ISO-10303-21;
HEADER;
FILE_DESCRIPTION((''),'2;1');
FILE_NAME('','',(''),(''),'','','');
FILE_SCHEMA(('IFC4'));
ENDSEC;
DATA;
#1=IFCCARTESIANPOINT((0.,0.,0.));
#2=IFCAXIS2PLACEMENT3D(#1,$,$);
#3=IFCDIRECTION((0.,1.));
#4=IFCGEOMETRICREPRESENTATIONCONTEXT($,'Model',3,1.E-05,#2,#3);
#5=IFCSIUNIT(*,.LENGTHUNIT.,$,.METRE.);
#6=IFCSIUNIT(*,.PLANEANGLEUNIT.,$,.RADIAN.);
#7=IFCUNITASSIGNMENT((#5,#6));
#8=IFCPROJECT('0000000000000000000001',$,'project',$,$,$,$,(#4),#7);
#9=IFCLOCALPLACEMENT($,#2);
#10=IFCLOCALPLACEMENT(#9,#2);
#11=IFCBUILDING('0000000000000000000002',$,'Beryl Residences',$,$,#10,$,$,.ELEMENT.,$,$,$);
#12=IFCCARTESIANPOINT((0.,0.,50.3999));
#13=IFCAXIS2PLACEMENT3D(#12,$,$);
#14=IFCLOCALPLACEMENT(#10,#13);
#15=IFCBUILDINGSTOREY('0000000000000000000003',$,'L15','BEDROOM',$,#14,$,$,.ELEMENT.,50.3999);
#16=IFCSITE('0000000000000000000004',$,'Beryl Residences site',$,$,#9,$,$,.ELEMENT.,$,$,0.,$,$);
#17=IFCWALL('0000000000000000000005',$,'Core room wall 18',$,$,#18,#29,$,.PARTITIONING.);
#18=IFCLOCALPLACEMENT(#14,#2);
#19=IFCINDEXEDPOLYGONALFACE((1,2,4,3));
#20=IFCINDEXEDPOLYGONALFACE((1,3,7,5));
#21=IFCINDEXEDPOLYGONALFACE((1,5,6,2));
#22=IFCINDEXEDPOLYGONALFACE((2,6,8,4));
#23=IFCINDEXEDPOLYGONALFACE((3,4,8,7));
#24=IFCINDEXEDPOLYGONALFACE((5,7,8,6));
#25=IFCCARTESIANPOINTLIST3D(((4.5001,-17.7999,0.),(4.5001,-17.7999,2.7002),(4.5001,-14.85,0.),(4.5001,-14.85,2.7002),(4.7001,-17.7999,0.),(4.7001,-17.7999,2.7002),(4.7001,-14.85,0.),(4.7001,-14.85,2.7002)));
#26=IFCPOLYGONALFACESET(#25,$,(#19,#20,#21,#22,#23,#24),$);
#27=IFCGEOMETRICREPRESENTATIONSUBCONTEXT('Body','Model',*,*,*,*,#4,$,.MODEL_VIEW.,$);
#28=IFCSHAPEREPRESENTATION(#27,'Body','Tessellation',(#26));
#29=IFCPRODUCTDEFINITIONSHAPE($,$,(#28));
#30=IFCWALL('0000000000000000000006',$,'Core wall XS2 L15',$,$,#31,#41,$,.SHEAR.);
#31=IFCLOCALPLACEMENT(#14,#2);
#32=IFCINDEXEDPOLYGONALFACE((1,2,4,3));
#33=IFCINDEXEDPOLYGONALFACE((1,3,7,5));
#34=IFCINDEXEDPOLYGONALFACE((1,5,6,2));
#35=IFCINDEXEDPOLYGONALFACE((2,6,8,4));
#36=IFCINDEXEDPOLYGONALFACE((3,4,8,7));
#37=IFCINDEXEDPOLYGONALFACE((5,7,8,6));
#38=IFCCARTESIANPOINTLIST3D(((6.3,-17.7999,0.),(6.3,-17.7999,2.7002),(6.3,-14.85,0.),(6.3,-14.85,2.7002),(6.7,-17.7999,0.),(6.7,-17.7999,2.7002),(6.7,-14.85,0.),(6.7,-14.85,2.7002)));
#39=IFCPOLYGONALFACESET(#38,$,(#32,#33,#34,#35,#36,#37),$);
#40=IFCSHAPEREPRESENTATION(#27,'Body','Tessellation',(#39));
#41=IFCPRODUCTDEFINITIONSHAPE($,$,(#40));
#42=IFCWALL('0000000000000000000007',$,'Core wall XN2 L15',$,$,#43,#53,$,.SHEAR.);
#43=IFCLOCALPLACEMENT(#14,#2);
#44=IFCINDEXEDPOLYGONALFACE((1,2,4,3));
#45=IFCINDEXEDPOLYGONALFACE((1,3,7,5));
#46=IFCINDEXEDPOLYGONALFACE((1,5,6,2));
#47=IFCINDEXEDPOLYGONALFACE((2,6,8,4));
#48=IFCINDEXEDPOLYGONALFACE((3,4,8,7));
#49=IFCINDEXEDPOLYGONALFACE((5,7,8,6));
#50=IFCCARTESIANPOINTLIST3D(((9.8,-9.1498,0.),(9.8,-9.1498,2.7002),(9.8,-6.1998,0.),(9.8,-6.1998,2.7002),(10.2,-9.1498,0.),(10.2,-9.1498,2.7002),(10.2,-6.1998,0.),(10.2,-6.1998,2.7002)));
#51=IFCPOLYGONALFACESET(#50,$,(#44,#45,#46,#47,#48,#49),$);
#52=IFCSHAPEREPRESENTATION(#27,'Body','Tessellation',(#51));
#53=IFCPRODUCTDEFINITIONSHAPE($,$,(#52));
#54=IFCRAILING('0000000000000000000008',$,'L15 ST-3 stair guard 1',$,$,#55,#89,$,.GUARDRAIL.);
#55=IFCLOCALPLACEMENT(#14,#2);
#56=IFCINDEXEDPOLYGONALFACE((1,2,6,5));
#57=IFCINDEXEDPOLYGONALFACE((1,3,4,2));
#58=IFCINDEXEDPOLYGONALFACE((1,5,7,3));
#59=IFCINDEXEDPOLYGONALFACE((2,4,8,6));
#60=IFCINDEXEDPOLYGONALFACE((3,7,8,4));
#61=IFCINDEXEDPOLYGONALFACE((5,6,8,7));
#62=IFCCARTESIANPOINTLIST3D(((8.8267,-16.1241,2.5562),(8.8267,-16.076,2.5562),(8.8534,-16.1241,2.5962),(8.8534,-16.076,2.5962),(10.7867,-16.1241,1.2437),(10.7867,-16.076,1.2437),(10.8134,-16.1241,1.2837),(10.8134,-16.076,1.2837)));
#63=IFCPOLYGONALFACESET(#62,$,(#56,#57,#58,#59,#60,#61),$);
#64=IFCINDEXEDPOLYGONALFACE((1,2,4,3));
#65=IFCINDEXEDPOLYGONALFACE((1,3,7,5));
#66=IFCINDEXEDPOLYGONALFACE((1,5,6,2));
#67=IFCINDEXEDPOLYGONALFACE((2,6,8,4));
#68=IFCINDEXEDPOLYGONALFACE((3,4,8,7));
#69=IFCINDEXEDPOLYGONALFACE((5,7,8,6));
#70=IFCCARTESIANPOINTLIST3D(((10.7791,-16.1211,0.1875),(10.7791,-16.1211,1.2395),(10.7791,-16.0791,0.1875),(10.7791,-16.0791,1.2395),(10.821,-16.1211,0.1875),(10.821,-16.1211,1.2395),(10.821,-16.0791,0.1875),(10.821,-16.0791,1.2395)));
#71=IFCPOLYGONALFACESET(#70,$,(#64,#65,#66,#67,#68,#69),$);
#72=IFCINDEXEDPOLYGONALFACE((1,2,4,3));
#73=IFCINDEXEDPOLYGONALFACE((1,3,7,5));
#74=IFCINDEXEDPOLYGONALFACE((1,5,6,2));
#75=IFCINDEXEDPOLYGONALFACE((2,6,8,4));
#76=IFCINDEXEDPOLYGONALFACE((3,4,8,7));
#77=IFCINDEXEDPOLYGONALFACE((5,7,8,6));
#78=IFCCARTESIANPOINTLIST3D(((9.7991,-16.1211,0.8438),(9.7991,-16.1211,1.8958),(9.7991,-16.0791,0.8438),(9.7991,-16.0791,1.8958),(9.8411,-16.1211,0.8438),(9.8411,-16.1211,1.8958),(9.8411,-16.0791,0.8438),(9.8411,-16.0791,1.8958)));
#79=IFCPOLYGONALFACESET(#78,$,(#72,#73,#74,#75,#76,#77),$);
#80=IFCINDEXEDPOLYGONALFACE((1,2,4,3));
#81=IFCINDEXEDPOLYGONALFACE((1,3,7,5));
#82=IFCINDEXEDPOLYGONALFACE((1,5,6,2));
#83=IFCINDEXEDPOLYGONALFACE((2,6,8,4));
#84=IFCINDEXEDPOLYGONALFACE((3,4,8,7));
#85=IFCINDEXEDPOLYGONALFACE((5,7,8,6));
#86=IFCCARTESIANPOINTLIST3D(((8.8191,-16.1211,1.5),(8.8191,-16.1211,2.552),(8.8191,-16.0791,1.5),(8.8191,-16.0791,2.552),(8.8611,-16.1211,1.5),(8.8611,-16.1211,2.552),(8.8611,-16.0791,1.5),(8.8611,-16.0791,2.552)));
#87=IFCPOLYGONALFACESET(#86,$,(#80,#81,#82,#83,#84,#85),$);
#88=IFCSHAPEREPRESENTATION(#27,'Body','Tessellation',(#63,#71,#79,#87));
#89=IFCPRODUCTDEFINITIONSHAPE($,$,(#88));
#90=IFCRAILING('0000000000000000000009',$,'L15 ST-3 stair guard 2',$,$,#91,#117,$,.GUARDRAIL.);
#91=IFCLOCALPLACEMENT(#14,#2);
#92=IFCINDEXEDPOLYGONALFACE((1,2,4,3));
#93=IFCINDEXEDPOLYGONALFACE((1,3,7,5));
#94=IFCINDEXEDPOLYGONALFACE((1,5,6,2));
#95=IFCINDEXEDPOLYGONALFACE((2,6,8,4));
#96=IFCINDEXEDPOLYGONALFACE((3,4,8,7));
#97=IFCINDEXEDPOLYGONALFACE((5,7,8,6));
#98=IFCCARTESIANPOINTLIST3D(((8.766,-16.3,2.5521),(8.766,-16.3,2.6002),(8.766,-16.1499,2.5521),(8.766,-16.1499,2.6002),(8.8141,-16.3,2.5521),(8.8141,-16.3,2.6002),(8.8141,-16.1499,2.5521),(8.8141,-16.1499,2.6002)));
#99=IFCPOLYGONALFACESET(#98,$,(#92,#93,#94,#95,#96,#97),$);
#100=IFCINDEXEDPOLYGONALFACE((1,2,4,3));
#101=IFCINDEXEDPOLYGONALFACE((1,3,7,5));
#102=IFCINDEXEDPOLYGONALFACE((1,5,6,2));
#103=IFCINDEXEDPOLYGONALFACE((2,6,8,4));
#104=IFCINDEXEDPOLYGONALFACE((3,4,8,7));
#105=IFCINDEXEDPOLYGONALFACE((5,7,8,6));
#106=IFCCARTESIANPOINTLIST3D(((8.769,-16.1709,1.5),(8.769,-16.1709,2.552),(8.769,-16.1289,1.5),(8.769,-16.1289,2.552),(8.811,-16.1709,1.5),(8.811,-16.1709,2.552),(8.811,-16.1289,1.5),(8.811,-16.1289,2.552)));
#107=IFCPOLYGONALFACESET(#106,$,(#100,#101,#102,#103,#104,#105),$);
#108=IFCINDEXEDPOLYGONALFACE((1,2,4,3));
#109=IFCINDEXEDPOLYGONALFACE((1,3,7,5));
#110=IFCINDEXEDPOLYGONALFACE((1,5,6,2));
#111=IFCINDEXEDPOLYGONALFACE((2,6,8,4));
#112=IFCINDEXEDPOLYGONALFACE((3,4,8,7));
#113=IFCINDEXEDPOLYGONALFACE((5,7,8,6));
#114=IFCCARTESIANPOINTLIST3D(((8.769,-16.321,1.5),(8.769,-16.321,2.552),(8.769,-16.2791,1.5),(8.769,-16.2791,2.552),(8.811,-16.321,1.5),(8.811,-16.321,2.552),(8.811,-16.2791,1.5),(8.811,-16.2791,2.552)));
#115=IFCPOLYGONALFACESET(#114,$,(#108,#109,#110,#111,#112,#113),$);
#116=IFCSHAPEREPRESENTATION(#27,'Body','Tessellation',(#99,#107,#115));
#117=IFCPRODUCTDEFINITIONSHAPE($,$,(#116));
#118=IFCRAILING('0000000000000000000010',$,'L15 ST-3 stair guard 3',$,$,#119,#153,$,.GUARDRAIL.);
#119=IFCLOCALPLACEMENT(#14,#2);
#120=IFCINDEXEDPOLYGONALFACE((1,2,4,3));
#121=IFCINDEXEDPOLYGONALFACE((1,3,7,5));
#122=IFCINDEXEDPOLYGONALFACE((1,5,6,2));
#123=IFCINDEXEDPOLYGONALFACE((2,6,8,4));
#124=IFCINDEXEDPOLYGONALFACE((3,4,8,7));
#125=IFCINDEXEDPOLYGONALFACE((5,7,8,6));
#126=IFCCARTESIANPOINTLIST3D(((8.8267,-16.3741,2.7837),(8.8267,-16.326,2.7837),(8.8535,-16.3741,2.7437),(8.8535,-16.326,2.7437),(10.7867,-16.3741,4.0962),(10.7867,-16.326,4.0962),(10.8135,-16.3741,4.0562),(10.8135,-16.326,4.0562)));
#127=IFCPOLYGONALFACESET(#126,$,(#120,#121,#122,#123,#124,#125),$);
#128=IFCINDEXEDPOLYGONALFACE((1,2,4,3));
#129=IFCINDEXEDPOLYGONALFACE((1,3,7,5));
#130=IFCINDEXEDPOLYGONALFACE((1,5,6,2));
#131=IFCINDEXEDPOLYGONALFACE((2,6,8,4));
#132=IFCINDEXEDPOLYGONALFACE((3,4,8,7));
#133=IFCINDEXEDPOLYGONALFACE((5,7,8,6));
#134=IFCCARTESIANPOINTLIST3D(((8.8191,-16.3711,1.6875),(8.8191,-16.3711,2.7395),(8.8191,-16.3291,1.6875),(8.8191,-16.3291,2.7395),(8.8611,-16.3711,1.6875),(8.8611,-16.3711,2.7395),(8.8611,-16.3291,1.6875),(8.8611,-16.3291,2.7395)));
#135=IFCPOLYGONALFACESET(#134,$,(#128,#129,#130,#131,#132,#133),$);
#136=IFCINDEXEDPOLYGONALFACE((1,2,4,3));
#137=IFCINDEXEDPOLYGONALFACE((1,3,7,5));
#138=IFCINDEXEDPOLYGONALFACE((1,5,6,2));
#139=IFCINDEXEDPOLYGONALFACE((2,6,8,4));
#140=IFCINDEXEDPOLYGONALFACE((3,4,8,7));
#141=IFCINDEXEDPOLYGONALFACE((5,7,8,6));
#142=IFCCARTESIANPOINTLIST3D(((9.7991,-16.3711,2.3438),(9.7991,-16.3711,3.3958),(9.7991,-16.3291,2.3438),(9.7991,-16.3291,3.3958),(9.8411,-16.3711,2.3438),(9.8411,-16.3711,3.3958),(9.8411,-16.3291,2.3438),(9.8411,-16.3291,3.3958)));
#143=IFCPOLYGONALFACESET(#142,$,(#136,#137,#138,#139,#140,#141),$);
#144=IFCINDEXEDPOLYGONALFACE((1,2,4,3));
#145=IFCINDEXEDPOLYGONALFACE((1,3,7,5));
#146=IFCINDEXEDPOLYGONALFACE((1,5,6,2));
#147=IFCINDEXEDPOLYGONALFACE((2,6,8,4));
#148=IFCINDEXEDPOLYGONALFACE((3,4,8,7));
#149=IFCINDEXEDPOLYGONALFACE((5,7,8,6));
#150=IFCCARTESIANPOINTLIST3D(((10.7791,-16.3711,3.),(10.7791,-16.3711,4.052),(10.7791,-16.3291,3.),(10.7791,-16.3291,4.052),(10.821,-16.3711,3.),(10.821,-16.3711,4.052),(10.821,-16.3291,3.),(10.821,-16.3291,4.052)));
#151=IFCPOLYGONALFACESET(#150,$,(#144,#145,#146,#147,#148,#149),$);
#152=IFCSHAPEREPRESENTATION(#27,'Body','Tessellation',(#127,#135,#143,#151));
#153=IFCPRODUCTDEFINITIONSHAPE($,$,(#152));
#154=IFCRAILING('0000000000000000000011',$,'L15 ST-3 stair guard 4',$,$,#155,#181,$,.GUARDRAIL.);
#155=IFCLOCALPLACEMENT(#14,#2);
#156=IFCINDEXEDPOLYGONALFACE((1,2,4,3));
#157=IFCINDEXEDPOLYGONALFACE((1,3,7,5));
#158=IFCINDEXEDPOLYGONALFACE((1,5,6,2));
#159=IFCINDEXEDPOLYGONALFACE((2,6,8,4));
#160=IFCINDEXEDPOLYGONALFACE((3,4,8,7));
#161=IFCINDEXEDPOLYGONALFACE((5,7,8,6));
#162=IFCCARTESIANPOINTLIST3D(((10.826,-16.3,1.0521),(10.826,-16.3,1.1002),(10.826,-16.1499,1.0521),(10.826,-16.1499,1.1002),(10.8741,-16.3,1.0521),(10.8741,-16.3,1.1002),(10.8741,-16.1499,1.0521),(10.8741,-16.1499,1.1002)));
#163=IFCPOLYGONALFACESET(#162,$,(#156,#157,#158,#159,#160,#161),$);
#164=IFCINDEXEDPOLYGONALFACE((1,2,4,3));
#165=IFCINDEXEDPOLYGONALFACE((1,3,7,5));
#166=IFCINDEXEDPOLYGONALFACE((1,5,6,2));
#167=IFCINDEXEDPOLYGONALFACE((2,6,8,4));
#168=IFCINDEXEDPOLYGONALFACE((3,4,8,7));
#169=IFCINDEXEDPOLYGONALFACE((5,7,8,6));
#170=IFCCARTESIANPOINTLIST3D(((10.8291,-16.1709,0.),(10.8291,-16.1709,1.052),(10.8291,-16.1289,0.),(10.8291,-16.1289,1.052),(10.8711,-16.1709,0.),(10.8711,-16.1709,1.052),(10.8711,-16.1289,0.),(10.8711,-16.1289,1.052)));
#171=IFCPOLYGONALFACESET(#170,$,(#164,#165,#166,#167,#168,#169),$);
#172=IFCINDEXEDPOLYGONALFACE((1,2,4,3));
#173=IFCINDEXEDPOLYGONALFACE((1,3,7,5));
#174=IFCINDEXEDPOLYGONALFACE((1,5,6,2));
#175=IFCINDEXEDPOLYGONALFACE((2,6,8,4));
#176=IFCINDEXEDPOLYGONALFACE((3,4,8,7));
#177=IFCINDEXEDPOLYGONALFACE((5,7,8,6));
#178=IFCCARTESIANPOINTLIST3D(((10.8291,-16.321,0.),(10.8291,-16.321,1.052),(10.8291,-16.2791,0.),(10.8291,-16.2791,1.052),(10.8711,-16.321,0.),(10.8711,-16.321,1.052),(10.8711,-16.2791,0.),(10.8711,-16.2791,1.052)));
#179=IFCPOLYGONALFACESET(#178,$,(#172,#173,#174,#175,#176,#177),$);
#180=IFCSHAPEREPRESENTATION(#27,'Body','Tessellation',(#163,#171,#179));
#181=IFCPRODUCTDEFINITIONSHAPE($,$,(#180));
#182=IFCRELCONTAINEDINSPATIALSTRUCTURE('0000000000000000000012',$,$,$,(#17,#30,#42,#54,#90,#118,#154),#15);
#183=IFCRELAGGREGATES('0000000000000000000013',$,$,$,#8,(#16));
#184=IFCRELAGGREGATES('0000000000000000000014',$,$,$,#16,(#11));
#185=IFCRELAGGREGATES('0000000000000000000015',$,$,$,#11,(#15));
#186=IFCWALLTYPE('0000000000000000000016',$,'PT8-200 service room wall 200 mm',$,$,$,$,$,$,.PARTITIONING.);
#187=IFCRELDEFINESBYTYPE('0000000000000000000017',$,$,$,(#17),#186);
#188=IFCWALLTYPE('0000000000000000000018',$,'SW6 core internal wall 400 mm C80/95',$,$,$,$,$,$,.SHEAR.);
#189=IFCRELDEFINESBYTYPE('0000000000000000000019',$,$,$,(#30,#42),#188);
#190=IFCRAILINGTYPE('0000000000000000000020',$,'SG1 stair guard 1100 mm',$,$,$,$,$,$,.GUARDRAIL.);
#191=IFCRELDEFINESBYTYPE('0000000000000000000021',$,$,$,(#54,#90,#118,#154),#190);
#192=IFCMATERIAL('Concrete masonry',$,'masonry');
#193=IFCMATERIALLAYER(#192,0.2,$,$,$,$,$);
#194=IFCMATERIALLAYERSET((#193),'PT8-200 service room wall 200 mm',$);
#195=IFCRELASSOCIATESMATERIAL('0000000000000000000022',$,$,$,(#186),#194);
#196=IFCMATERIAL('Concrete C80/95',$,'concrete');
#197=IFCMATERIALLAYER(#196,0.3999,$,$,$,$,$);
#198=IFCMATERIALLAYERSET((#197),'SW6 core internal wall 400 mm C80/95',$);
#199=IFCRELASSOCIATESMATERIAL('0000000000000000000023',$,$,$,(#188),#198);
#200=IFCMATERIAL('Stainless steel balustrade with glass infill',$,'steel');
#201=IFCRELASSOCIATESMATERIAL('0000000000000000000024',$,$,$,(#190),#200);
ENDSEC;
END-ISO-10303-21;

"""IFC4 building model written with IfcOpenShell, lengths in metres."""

from ifc_helpers import new_model, si_unit, direction, frame, frame_2d, origin, origin_2d, place, context, subcontext, project, spatial, rectangle, extrude, material, layer, layer_set, type_object, element, save


model = new_model("IFC4")

# Units and contexts
model_context = context("Model", 3, precision=1e-05, world=origin(), true_north=direction((0.0, 1.0)))
body_context = subcontext(model_context, "Body", "Model", "MODEL_VIEW")
ifc_project = project(units=[si_unit("LENGTHUNIT", "METRE"), si_unit("PLANEANGLEUNIT", "RADIAN")], contexts=[model_context])

# Site, building, storey
site_placement = place(None, origin())
site = spatial("IfcSite", under=ifc_project, at=site_placement, Name="Beryl Residences site", CompositionType="ELEMENT", RefElevation=0.0)
building_placement = place(site_placement, origin())
building = spatial("IfcBuilding", under=site, at=building_placement, Name="Beryl Residences", CompositionType="ELEMENT")
storey_placement = place(building_placement, frame((0.0, 0.0, 50.3999)))
storey = spatial("IfcBuildingStorey", under=building, at=storey_placement, Name="L15", Description="BEDROOM", CompositionType="ELEMENT", Elevation=50.3999)

# Walls
ifc_material_1 = material(Name="Concrete masonry", Category="masonry")
ifc_layer_1 = layer(ifc_material_1, 0.2)
ifc_layer_set_1 = layer_set([ifc_layer_1], Name="PT8-200 service room wall 200 mm")
wall_type_1 = type_object("IfcWallType", Name="PT8-200 service room wall 200 mm", PredefinedType="PARTITIONING", material=ifc_layer_set_1)
wall_1_placement = place(storey_placement, frame((4.6001, -17.8, 0.0), z_axis=(0.0, 0.0, 1.0), x_axis=(0.0, 1.0, 0.0)))
element("IfcWall", 1, at=wall_1_placement, inside=storey, type_object=wall_type_1, Name="Core room wall 18", PredefinedType="PARTITIONING", context=body_context, shape_type="SweptSolid", body=[
    extrude(rectangle(XDim=2.95, YDim=0.2, at=frame_2d((1.4751, 0.0))), origin(), (0.0, 0.0, 1.0), 2.7002),
])
ifc_material_2 = material(Name="Concrete C80/95", Category="concrete")
ifc_layer_2 = layer(ifc_material_2, 0.3999)
ifc_layer_set_2 = layer_set([ifc_layer_2], Name="SW6 core internal wall 400 mm C80/95")
wall_type_2 = type_object("IfcWallType", Name="SW6 core internal wall 400 mm C80/95", PredefinedType="SHEAR", material=ifc_layer_set_2)
for number, where, z_axis, x_axis, name in (
    (2, (6.5, -17.8, 0.0), (0.0, 0.0, 1.0), (0.0, 1.0, 0.0), "Core wall XS2 L15"),
    (3, (10.0, -9.1499, 0.0), (0.0, 0.0, 1.0), (0.0, 1.0, 0.0), "Core wall XN2 L15"),
):
    element("IfcWall", number, at=place(storey_placement, frame(where, z_axis=z_axis, x_axis=x_axis)), inside=storey, type_object=wall_type_2, Name=name, PredefinedType="SHEAR", context=body_context, shape_type="SweptSolid", body=[
        extrude(rectangle(XDim=2.95, YDim=0.3999, at=frame_2d((1.4751, 0.0))), origin(), (0.0, 0.0, 1.0), 2.7002),
    ])

# Railings
ifc_material_3 = material(Name="Stainless steel balustrade with glass infill", Category="steel")
railing_type_1 = type_object("IfcRailingType", Name="SG1 stair guard 1100 mm", PredefinedType="GUARDRAIL", material=ifc_material_3)
railing_1_placement = place(storey_placement, frame((10.8, -16.1001, 0.1875)))
element("IfcRailing", 4, at=railing_1_placement, inside=storey, type_object=railing_type_1, Name="L15 ST-3 stair guard 1", PredefinedType="GUARDRAIL", context=body_context, shape_type="SweptSolid", body=[
    extrude(rectangle(XDim=0.0481, YDim=0.0481, at=origin_2d()), frame((0.0, 0.0, 1.0762), z_axis=(-0.830902, 0.0, 0.556419), x_axis=(0.0, -1.0, 0.0)), (0.0, 0.0, 1.0), 2.3589),
    extrude(rectangle(XDim=0.042, YDim=0.042, at=origin_2d()), origin(), (0.0, 0.0, 1.0), 1.052),
    extrude(rectangle(XDim=0.042, YDim=0.042, at=origin_2d()), frame((-0.98, 0.0, 0.6562)), (0.0, 0.0, 1.0), 1.052),
    extrude(rectangle(XDim=0.042, YDim=0.042, at=origin_2d()), frame((-1.96, 0.0, 1.3125)), (0.0, 0.0, 1.0), 1.052),
])
railing_2_placement = place(storey_placement, frame((8.79, -16.1499, 1.5)))
element("IfcRailing", 5, at=railing_2_placement, inside=storey, type_object=railing_type_1, Name="L15 ST-3 stair guard 2", PredefinedType="GUARDRAIL", context=body_context, shape_type="SweptSolid", body=[
    extrude(rectangle(XDim=0.0481, YDim=0.0481, at=origin_2d()), frame((0.0, 0.0, 1.0762), z_axis=(0.0, -1.0, 0.0), x_axis=(1.0, 0.0, 0.0)), (0.0, 0.0, 1.0), 0.1501),
    extrude(rectangle(XDim=0.042, YDim=0.042, at=origin_2d()), origin(), (0.0, 0.0, 1.0), 1.052),
    extrude(rectangle(XDim=0.042, YDim=0.042, at=origin_2d()), frame((0.0, -0.1501, 0.0)), (0.0, 0.0, 1.0), 1.052),
])
railing_3_placement = place(storey_placement, frame((8.8401, -16.3501, 1.6875)))
element("IfcRailing", 6, at=railing_3_placement, inside=storey, type_object=railing_type_1, Name="L15 ST-3 stair guard 3", PredefinedType="GUARDRAIL", context=body_context, shape_type="SweptSolid", body=[
    extrude(rectangle(XDim=0.0481, YDim=0.0481, at=origin_2d()), frame((0.0, 0.0, 1.0762), z_axis=(0.830902, 0.0, 0.556419), x_axis=(0.0, 1.0, 0.0)), (0.0, 0.0, 1.0), 2.3589),
    extrude(rectangle(XDim=0.042, YDim=0.042, at=origin_2d()), origin(), (0.0, 0.0, 1.0), 1.052),
    extrude(rectangle(XDim=0.042, YDim=0.042, at=origin_2d()), frame((0.98, 0.0, 0.6562)), (0.0, 0.0, 1.0), 1.052),
    extrude(rectangle(XDim=0.042, YDim=0.042, at=origin_2d()), frame((1.96, 0.0, 1.3125)), (0.0, 0.0, 1.0), 1.052),
])
railing_4_placement = place(storey_placement, frame((10.8501, -16.1499, 0.0)))
element("IfcRailing", 7, at=railing_4_placement, inside=storey, type_object=railing_type_1, Name="L15 ST-3 stair guard 4", PredefinedType="GUARDRAIL", context=body_context, shape_type="SweptSolid", body=[
    extrude(rectangle(XDim=0.0481, YDim=0.0481, at=origin_2d()), frame((0.0, 0.0, 1.0762), z_axis=(0.0, -1.0, 0.0), x_axis=(1.0, 0.0, 0.0)), (0.0, 0.0, 1.0), 0.1501),
    extrude(rectangle(XDim=0.042, YDim=0.042, at=origin_2d()), origin(), (0.0, 0.0, 1.0), 1.052),
    extrude(rectangle(XDim=0.042, YDim=0.042, at=origin_2d()), frame((0.0, -0.1501, 0.0)), (0.0, 0.0, 1.0), 1.052),
])

save(model, "model.ifc")
